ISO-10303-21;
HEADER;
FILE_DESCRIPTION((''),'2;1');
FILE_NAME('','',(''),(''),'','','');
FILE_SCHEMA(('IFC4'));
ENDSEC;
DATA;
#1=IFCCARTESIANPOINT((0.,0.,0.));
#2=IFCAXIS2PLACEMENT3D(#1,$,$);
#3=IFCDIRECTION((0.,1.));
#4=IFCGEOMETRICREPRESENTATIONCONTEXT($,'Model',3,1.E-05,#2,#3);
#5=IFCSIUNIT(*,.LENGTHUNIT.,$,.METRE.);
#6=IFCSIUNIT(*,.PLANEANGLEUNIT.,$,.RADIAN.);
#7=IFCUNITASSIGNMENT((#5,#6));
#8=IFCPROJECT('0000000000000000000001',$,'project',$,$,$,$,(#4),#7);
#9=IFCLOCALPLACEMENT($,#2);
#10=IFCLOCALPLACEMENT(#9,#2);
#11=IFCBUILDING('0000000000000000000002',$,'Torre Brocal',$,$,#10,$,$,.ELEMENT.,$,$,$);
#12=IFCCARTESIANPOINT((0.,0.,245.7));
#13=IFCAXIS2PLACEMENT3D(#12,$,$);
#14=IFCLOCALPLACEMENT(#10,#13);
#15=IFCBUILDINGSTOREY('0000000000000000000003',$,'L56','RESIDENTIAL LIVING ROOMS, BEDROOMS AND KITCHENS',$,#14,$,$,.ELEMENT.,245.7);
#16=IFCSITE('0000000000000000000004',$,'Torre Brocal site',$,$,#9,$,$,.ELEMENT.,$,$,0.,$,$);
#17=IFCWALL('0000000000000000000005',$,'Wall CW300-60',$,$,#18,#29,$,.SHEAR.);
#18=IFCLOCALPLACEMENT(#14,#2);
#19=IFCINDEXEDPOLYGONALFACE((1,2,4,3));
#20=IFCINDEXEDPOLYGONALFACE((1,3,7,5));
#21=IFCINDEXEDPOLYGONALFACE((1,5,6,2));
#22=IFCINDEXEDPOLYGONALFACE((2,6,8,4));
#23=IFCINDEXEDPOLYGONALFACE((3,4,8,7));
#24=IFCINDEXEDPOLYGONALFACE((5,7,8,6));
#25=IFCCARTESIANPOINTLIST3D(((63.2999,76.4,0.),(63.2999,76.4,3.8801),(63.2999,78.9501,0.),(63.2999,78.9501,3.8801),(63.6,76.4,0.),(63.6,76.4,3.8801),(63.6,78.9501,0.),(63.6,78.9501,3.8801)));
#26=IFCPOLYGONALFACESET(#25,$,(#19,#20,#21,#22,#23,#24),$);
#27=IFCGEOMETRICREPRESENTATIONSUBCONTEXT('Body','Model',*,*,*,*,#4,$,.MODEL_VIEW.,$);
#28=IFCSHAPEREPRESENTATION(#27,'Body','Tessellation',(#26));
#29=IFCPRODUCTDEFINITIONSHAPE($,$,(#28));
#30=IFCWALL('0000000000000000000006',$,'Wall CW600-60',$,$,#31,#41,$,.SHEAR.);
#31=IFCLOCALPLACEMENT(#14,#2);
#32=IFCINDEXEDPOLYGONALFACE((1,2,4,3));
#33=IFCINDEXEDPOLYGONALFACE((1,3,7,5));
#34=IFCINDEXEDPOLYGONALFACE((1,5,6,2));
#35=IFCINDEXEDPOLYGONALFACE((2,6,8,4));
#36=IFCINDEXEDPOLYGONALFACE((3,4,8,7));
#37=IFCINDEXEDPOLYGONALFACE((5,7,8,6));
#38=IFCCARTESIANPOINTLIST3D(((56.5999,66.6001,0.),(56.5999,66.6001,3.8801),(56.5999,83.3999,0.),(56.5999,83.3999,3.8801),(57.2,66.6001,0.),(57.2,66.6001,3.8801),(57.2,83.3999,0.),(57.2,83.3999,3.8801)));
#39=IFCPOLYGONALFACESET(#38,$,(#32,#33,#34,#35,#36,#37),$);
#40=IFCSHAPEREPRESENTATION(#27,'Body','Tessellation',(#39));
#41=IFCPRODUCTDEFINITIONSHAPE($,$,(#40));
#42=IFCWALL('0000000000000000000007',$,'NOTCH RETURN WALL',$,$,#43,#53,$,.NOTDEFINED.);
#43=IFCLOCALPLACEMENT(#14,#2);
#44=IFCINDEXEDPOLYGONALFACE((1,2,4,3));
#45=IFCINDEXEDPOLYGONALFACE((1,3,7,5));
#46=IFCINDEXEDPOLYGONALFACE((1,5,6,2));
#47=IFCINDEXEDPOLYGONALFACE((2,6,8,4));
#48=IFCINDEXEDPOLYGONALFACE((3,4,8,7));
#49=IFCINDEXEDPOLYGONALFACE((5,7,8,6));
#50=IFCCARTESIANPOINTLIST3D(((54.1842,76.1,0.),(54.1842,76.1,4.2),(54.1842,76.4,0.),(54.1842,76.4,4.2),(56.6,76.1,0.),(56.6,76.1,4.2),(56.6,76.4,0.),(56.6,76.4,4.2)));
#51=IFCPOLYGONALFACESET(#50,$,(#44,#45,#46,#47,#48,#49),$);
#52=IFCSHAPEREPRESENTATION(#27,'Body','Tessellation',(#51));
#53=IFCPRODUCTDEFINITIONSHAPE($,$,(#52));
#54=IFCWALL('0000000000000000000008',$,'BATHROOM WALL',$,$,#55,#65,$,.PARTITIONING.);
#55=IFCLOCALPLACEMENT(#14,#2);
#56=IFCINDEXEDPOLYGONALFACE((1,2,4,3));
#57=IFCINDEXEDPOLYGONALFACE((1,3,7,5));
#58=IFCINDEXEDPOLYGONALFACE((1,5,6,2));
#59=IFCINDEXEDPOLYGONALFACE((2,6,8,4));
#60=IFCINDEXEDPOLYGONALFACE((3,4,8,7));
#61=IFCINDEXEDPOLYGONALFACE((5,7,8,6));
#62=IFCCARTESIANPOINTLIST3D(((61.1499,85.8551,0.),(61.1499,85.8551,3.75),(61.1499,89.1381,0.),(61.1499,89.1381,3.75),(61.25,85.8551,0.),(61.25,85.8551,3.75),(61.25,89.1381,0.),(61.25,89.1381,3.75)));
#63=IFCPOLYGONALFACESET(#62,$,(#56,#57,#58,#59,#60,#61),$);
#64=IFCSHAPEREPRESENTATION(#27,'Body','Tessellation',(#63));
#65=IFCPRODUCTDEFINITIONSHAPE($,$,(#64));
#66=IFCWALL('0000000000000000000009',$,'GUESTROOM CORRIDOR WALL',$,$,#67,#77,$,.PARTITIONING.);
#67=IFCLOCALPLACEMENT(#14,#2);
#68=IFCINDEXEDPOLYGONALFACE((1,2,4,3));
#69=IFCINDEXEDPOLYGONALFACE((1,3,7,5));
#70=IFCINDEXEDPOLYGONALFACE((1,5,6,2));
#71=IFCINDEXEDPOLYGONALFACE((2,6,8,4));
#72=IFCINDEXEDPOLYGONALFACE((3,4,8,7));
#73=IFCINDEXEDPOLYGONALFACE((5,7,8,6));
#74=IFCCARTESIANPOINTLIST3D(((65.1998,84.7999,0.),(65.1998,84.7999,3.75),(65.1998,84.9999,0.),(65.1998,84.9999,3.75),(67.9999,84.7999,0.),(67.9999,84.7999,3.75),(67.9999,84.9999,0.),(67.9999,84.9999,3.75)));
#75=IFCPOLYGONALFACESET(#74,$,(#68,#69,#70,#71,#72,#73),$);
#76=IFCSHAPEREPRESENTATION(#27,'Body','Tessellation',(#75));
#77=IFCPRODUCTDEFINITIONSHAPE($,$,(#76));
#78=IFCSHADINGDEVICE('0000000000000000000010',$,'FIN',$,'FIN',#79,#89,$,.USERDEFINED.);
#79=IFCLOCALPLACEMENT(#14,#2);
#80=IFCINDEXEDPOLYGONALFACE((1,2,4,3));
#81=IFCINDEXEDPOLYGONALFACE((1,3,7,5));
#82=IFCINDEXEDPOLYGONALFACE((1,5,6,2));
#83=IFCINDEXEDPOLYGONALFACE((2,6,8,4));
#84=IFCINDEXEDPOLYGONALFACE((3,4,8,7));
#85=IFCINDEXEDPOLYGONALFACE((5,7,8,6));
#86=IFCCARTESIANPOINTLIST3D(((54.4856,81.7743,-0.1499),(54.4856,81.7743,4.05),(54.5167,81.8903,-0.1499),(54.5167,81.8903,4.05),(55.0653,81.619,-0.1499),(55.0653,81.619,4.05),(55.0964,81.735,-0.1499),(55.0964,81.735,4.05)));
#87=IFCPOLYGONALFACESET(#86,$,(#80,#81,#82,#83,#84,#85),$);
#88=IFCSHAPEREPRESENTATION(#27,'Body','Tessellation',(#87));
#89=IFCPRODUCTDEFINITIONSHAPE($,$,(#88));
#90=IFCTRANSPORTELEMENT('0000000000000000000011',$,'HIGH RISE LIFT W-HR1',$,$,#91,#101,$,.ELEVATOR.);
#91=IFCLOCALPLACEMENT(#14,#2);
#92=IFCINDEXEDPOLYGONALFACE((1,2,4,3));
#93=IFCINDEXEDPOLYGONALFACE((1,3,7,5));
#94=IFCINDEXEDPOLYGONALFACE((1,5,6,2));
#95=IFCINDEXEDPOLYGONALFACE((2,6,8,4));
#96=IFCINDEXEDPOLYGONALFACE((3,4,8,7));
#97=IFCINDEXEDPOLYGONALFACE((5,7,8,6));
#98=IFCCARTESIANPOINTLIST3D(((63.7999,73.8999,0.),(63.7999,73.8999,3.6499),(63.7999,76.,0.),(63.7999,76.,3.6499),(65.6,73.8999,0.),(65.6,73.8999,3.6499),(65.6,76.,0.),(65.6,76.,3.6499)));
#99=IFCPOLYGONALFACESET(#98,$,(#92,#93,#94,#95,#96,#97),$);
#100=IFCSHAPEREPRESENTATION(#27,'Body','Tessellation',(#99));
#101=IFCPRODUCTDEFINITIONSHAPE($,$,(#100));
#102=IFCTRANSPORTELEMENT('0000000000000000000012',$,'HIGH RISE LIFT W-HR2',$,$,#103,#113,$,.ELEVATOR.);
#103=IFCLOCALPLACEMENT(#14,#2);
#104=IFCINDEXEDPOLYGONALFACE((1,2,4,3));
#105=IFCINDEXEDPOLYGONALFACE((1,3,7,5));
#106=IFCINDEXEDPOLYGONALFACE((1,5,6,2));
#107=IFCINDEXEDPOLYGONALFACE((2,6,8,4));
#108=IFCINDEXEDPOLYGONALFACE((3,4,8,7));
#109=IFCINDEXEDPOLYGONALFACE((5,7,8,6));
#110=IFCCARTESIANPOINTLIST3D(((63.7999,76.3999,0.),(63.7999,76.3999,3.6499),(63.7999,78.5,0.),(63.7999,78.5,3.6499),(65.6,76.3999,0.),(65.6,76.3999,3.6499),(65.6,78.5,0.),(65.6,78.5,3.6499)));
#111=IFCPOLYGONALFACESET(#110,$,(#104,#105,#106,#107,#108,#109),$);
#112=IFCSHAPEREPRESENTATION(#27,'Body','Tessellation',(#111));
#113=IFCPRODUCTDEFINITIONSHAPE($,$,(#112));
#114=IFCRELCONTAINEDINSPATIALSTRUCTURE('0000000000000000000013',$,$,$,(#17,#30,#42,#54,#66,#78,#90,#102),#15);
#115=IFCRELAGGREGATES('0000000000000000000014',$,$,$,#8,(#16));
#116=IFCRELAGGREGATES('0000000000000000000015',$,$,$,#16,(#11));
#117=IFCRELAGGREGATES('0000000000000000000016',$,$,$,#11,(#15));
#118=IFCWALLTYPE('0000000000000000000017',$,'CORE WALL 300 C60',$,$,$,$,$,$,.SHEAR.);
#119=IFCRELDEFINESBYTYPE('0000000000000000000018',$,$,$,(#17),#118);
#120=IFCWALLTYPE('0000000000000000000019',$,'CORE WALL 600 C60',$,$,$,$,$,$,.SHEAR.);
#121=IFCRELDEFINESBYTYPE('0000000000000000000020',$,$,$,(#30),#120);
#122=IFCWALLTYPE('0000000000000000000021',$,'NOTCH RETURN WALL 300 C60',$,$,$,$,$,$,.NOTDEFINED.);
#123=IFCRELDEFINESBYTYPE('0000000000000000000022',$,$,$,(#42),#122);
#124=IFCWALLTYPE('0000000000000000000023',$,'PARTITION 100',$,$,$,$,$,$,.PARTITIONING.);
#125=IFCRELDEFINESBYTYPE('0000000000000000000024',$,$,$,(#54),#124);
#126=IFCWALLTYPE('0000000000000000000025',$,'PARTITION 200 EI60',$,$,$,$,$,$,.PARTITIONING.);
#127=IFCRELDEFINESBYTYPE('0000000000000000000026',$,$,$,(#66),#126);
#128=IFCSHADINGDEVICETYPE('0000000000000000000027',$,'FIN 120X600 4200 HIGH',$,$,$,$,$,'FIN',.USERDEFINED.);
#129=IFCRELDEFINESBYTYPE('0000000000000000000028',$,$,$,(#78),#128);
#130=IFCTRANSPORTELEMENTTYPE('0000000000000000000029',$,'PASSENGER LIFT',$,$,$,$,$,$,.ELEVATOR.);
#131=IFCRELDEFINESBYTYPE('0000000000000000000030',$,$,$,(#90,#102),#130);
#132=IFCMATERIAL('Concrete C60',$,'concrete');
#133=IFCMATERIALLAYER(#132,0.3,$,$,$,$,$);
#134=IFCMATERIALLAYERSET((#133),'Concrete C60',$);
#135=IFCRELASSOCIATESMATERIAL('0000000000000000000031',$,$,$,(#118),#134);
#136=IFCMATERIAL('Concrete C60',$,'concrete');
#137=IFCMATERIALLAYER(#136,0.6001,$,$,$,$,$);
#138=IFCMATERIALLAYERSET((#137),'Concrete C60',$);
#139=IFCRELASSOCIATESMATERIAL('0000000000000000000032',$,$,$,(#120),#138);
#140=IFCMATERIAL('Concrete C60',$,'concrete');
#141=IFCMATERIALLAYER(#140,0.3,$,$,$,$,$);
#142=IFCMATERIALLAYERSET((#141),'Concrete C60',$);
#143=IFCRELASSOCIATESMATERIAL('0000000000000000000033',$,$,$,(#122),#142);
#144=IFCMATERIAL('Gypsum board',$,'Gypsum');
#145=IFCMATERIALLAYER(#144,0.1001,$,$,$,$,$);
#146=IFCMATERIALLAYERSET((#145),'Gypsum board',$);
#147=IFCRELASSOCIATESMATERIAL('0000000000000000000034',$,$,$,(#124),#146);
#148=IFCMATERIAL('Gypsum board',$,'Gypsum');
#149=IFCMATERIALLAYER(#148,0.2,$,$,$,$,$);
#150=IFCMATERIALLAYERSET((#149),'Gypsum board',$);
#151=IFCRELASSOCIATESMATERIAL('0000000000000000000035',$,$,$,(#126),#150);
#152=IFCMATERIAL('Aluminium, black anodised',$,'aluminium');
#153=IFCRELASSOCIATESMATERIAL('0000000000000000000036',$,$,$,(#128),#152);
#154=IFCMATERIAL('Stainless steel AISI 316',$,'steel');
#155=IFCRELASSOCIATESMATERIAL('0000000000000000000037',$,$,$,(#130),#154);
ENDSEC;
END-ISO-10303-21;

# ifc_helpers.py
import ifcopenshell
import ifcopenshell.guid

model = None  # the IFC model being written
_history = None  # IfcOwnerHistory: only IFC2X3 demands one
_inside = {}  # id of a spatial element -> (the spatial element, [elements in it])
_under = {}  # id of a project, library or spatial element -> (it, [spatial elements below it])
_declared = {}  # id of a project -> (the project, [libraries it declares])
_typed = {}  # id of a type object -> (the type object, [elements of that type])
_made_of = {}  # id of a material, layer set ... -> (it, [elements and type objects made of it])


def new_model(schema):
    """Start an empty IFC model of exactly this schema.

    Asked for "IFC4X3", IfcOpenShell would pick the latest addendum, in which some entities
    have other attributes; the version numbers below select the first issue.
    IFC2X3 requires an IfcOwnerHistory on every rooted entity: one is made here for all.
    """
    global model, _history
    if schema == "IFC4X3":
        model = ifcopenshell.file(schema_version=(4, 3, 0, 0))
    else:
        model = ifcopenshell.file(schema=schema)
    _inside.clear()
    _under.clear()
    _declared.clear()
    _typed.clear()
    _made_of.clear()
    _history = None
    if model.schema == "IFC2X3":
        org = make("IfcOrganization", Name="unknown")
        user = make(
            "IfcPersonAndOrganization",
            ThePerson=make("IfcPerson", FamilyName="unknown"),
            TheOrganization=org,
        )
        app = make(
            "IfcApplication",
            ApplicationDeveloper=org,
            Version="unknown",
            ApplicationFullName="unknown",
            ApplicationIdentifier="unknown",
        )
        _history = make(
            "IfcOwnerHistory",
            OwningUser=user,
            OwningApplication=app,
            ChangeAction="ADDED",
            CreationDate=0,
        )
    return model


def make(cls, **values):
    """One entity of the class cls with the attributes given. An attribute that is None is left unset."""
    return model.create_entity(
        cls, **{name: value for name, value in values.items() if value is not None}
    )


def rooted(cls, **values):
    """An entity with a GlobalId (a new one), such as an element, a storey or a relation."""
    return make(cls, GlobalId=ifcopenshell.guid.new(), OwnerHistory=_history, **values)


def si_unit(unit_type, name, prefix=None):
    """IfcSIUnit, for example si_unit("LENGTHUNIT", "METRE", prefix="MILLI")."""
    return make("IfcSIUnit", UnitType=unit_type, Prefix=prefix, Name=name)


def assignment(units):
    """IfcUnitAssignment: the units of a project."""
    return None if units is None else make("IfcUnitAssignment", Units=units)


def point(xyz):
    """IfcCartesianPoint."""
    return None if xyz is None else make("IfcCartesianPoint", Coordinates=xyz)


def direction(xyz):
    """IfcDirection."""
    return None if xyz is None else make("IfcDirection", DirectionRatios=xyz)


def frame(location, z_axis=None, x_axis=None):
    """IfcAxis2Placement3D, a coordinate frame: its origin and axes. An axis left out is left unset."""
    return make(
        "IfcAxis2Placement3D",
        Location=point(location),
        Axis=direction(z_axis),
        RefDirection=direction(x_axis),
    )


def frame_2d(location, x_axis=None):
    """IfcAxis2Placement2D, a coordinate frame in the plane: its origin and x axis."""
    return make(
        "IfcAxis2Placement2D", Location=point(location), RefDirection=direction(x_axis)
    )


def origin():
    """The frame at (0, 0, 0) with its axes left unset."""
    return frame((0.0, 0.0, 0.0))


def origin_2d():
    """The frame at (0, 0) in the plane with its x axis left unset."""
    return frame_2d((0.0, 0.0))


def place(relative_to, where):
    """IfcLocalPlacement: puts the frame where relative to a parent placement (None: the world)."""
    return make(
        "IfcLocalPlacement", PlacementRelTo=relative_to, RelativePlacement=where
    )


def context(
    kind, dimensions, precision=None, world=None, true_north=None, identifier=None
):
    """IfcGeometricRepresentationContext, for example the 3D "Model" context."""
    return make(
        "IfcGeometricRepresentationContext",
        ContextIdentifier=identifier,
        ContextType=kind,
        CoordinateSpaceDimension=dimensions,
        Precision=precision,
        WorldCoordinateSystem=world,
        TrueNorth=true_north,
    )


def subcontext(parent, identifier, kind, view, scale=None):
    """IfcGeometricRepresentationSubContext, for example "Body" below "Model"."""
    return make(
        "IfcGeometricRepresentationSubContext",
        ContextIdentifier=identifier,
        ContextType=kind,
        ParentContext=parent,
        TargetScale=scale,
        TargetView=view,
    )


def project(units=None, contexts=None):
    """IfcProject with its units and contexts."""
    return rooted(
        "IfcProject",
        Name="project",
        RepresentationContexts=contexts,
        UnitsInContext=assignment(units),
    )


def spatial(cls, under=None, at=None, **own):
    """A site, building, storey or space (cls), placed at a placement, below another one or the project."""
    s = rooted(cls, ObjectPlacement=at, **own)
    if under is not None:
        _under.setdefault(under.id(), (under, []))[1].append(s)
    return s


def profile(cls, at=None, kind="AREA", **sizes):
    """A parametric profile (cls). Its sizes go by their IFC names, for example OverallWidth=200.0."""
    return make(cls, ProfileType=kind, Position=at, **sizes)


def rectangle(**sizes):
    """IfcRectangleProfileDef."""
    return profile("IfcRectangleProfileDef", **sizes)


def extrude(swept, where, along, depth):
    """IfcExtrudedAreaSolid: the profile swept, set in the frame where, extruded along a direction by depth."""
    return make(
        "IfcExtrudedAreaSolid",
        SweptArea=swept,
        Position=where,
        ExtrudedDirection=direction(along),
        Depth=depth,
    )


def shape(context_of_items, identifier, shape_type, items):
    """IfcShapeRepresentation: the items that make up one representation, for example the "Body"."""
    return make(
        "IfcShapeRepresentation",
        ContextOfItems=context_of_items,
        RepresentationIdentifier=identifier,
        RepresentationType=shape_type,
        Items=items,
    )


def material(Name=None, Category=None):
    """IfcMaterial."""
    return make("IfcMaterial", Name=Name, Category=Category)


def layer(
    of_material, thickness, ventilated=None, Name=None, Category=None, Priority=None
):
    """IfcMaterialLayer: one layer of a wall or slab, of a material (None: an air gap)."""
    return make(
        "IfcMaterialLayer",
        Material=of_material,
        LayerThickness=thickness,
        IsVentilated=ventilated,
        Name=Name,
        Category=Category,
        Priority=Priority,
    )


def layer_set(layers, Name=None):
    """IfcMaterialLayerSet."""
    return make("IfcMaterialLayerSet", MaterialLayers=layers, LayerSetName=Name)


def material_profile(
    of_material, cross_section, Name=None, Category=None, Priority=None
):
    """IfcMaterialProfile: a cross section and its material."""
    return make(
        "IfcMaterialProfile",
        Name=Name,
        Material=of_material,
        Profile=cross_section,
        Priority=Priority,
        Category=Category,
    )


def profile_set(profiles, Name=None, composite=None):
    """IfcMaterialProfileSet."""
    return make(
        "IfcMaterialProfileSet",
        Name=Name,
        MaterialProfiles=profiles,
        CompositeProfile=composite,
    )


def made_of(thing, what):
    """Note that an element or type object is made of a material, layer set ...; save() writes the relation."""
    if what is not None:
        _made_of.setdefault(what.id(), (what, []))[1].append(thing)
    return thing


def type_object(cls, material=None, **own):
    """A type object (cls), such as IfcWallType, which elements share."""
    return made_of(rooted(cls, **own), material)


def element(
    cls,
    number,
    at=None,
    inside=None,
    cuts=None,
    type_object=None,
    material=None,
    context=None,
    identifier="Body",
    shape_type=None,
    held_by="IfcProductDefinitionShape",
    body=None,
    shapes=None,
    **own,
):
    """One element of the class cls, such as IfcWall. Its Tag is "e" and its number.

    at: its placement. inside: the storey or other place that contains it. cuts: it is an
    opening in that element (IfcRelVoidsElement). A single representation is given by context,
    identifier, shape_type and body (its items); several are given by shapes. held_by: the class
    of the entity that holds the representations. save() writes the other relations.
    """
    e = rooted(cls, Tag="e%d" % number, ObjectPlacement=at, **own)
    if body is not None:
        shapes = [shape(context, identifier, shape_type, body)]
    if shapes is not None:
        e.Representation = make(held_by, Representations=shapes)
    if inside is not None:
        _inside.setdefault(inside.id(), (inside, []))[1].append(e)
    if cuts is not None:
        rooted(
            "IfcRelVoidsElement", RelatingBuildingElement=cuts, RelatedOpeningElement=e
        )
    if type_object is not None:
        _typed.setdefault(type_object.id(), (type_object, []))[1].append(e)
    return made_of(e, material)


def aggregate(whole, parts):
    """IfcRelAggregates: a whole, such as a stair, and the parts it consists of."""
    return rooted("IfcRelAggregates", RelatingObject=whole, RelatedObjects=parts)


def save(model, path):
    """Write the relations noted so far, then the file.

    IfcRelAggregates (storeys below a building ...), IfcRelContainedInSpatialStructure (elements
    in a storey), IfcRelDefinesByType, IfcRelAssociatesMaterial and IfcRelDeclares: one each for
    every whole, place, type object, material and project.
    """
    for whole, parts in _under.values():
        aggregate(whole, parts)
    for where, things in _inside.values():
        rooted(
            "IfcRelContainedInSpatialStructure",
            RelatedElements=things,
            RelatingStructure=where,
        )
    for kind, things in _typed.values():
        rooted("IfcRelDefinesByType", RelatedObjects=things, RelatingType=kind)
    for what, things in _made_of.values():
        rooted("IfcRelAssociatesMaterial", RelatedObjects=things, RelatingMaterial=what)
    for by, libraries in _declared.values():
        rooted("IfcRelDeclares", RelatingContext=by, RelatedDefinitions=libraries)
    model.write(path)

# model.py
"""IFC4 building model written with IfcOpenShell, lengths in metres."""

from ifc_helpers import new_model, si_unit, direction, frame, frame_2d, origin, origin_2d, place, context, subcontext, project, spatial, rectangle, extrude, material, layer, layer_set, material_profile, profile_set, type_object, element, save


model = new_model("IFC4")

# Units and contexts
model_context = context("Model", 3, precision=1e-05, world=origin(), true_north=direction((0.0, 1.0)))
body_context = subcontext(model_context, "Body", "Model", "MODEL_VIEW")
ifc_project = project(units=[si_unit("LENGTHUNIT", "METRE"), si_unit("PLANEANGLEUNIT", "RADIAN")], contexts=[model_context])

# Site, building, storey
site_placement = place(None, origin())
site = spatial("IfcSite", under=ifc_project, at=site_placement, Name="Torre Brocal site", CompositionType="ELEMENT", RefElevation=0.0)
building_placement = place(site_placement, origin())
building = spatial("IfcBuilding", under=site, at=building_placement, Name="Torre Brocal", CompositionType="ELEMENT")
storey_placement = place(building_placement, frame((0.0, 0.0, 245.7)))
storey = spatial("IfcBuildingStorey", under=building, at=storey_placement, Name="L56", Description="RESIDENTIAL LIVING ROOMS, BEDROOMS AND KITCHENS", CompositionType="ELEMENT", Elevation=245.7)

# Walls
ifc_material_1 = material(Name="Concrete C60", Category="concrete")
ifc_layer_1 = layer(ifc_material_1, 0.3)
ifc_layer_set_1 = layer_set([ifc_layer_1], Name="Concrete C60")
wall_type_1 = type_object("IfcWallType", Name="CORE WALL 300 C60", PredefinedType="SHEAR", material=ifc_layer_set_1)
for number, where, z_axis, x_axis, name in (
    (1, (63.45, 78.95, 0.0), (0.0, 0.0, 1.0), (0.0, -1.0, 0.0), "Wall CW300-60"),
):
    element("IfcWall", number, at=place(storey_placement, frame(where, z_axis=z_axis, x_axis=x_axis)), inside=storey, type_object=wall_type_1, Name=name, PredefinedType="SHEAR", context=body_context, shape_type="SweptSolid", body=[
        extrude(rectangle(XDim=2.55, YDim=0.3, at=frame_2d((1.2749, 0.0))), origin(), (0.0, 0.0, 1.0), 3.8801),
    ])
ifc_material_2 = material(Name="Concrete C60", Category="concrete")
ifc_layer_2 = layer(ifc_material_2, 0.6001)
ifc_layer_set_2 = layer_set([ifc_layer_2], Name="Concrete C60")
wall_type_2 = type_object("IfcWallType", Name="CORE WALL 600 C60", PredefinedType="SHEAR", material=ifc_layer_set_2)
wall_1_placement = place(storey_placement, frame((56.8999, 83.3999, 0.0), z_axis=(0.0, 0.0, 1.0), x_axis=(0.0, -1.0, 0.0)))
element("IfcWall", 2, at=wall_1_placement, inside=storey, type_object=wall_type_2, Name="Wall CW600-60", PredefinedType="SHEAR", context=body_context, shape_type="SweptSolid", body=[
    extrude(rectangle(XDim=16.7998, YDim=0.6001, at=frame_2d((8.3999, 0.0))), origin(), (0.0, 0.0, 1.0), 3.8801),
])
ifc_material_3 = material(Name="Concrete C60", Category="concrete")
ifc_layer_3 = layer(ifc_material_3, 0.3)
ifc_layer_set_3 = layer_set([ifc_layer_3], Name="Concrete C60")
wall_type_3 = type_object("IfcWallType", Name="NOTCH RETURN WALL 300 C60", PredefinedType="NOTDEFINED", material=ifc_layer_set_3)
wall_2_placement = place(storey_placement, frame((56.6001, 76.25, 0.0), z_axis=(0.0, 0.0, 1.0), x_axis=(-1.0, 0.0, 0.0)))
element("IfcWall", 3, at=wall_2_placement, inside=storey, type_object=wall_type_3, Name="NOTCH RETURN WALL", PredefinedType="NOTDEFINED", context=body_context, shape_type="SweptSolid", body=[
    extrude(rectangle(XDim=2.4158, YDim=0.3, at=frame_2d((1.208, 0.0))), origin(), (0.0, 0.0, 1.0), 4.2),
])
ifc_material_4 = material(Name="Gypsum board", Category="Gypsum")
ifc_layer_4 = layer(ifc_material_4, 0.1001)
ifc_layer_set_4 = layer_set([ifc_layer_4], Name="Gypsum board")
wall_type_4 = type_object("IfcWallType", Name="PARTITION 100", PredefinedType="PARTITIONING", material=ifc_layer_set_4)
wall_3_placement = place(storey_placement, frame((61.2, 85.855, 0.0), z_axis=(0.0, 0.0, 1.0), x_axis=(0.0, 1.0, 0.0)))
element("IfcWall", 4, at=wall_3_placement, inside=storey, type_object=wall_type_4, Name="BATHROOM WALL", PredefinedType="PARTITIONING", context=body_context, shape_type="SweptSolid", body=[
    extrude(rectangle(XDim=3.283, YDim=0.1001, at=frame_2d((1.6416, 0.0))), origin(), (0.0, 0.0, 1.0), 3.75),
])
ifc_material_5 = material(Name="Gypsum board", Category="Gypsum")
ifc_layer_5 = layer(ifc_material_5, 0.2)
ifc_layer_set_5 = layer_set([ifc_layer_5], Name="Gypsum board")
wall_type_5 = type_object("IfcWallType", Name="PARTITION 200 EI60", PredefinedType="PARTITIONING", material=ifc_layer_set_5)
wall_4_placement = place(storey_placement, frame((65.2, 84.8999, 0.0), z_axis=(0.0, 0.0, 1.0), x_axis=(1.0, 0.0, 0.0)))
element("IfcWall", 5, at=wall_4_placement, inside=storey, type_object=wall_type_5, Name="GUESTROOM CORRIDOR WALL", PredefinedType="PARTITIONING", context=body_context, shape_type="SweptSolid", body=[
    extrude(rectangle(XDim=2.8, YDim=0.2, at=frame_2d((1.3999, 0.0))), origin(), (0.0, 0.0, 1.0), 3.75),
])

# Shading device
ifc_material_6 = material(Name="Aluminium, black anodised", Category="aluminium")
ifc_material_profile_1 = material_profile(ifc_material_6, rectangle(XDim=0.1201, YDim=0.6001, at=origin_2d()), Name="FIN 120X600 4200 HIGH")
ifc_profile_set_1 = profile_set([ifc_material_profile_1], Name="Aluminium, black anodised")
shading_device_type = type_object("IfcShadingDeviceType", Name="FIN 120X600 4200 HIGH", ElementType="FIN", PredefinedType="USERDEFINED", material=ifc_profile_set_1)
shading_device_placement = place(storey_placement, frame((54.791, 81.7546, -0.1499), z_axis=(0.0, 0.0, 1.0), x_axis=(-0.258819, -0.965926, 0.0)))
element("IfcShadingDevice", 6, at=shading_device_placement, inside=storey, type_object=shading_device_type, Name="FIN", ObjectType="FIN", PredefinedType="USERDEFINED", context=body_context, shape_type="SweptSolid", body=[
    extrude(rectangle(XDim=0.1201, YDim=0.6001, at=origin_2d()), origin(), (0.0, 0.0, 1.0), 4.2),
])

# Transport elements
ifc_material_7 = material(Name="Stainless steel AISI 316", Category="steel")
transport_element_type = type_object("IfcTransportElementType", Name="PASSENGER LIFT", PredefinedType="ELEVATOR", material=ifc_material_7)
for number, where, z_axis, x_axis, name in (
    (7, (64.7, 74.95, 0.0), (0.0, 0.0, 1.0), (1.0, 0.0, 0.0), "HIGH RISE LIFT W-HR1"),
    (8, (64.7, 77.45, 0.0), (0.0, 0.0, 1.0), (1.0, 0.0, 0.0), "HIGH RISE LIFT W-HR2"),
):
    element("IfcTransportElement", number, at=place(storey_placement, frame(where, z_axis=z_axis, x_axis=x_axis)), inside=storey, type_object=transport_element_type, Name=name, PredefinedType="ELEVATOR", context=body_context, shape_type="SweptSolid", body=[
        extrude(rectangle(XDim=1.8, YDim=2.1001, at=origin_2d()), origin(), (0.0, 0.0, 1.0), 3.6499),
    ])

save(model, "model.ifc")
